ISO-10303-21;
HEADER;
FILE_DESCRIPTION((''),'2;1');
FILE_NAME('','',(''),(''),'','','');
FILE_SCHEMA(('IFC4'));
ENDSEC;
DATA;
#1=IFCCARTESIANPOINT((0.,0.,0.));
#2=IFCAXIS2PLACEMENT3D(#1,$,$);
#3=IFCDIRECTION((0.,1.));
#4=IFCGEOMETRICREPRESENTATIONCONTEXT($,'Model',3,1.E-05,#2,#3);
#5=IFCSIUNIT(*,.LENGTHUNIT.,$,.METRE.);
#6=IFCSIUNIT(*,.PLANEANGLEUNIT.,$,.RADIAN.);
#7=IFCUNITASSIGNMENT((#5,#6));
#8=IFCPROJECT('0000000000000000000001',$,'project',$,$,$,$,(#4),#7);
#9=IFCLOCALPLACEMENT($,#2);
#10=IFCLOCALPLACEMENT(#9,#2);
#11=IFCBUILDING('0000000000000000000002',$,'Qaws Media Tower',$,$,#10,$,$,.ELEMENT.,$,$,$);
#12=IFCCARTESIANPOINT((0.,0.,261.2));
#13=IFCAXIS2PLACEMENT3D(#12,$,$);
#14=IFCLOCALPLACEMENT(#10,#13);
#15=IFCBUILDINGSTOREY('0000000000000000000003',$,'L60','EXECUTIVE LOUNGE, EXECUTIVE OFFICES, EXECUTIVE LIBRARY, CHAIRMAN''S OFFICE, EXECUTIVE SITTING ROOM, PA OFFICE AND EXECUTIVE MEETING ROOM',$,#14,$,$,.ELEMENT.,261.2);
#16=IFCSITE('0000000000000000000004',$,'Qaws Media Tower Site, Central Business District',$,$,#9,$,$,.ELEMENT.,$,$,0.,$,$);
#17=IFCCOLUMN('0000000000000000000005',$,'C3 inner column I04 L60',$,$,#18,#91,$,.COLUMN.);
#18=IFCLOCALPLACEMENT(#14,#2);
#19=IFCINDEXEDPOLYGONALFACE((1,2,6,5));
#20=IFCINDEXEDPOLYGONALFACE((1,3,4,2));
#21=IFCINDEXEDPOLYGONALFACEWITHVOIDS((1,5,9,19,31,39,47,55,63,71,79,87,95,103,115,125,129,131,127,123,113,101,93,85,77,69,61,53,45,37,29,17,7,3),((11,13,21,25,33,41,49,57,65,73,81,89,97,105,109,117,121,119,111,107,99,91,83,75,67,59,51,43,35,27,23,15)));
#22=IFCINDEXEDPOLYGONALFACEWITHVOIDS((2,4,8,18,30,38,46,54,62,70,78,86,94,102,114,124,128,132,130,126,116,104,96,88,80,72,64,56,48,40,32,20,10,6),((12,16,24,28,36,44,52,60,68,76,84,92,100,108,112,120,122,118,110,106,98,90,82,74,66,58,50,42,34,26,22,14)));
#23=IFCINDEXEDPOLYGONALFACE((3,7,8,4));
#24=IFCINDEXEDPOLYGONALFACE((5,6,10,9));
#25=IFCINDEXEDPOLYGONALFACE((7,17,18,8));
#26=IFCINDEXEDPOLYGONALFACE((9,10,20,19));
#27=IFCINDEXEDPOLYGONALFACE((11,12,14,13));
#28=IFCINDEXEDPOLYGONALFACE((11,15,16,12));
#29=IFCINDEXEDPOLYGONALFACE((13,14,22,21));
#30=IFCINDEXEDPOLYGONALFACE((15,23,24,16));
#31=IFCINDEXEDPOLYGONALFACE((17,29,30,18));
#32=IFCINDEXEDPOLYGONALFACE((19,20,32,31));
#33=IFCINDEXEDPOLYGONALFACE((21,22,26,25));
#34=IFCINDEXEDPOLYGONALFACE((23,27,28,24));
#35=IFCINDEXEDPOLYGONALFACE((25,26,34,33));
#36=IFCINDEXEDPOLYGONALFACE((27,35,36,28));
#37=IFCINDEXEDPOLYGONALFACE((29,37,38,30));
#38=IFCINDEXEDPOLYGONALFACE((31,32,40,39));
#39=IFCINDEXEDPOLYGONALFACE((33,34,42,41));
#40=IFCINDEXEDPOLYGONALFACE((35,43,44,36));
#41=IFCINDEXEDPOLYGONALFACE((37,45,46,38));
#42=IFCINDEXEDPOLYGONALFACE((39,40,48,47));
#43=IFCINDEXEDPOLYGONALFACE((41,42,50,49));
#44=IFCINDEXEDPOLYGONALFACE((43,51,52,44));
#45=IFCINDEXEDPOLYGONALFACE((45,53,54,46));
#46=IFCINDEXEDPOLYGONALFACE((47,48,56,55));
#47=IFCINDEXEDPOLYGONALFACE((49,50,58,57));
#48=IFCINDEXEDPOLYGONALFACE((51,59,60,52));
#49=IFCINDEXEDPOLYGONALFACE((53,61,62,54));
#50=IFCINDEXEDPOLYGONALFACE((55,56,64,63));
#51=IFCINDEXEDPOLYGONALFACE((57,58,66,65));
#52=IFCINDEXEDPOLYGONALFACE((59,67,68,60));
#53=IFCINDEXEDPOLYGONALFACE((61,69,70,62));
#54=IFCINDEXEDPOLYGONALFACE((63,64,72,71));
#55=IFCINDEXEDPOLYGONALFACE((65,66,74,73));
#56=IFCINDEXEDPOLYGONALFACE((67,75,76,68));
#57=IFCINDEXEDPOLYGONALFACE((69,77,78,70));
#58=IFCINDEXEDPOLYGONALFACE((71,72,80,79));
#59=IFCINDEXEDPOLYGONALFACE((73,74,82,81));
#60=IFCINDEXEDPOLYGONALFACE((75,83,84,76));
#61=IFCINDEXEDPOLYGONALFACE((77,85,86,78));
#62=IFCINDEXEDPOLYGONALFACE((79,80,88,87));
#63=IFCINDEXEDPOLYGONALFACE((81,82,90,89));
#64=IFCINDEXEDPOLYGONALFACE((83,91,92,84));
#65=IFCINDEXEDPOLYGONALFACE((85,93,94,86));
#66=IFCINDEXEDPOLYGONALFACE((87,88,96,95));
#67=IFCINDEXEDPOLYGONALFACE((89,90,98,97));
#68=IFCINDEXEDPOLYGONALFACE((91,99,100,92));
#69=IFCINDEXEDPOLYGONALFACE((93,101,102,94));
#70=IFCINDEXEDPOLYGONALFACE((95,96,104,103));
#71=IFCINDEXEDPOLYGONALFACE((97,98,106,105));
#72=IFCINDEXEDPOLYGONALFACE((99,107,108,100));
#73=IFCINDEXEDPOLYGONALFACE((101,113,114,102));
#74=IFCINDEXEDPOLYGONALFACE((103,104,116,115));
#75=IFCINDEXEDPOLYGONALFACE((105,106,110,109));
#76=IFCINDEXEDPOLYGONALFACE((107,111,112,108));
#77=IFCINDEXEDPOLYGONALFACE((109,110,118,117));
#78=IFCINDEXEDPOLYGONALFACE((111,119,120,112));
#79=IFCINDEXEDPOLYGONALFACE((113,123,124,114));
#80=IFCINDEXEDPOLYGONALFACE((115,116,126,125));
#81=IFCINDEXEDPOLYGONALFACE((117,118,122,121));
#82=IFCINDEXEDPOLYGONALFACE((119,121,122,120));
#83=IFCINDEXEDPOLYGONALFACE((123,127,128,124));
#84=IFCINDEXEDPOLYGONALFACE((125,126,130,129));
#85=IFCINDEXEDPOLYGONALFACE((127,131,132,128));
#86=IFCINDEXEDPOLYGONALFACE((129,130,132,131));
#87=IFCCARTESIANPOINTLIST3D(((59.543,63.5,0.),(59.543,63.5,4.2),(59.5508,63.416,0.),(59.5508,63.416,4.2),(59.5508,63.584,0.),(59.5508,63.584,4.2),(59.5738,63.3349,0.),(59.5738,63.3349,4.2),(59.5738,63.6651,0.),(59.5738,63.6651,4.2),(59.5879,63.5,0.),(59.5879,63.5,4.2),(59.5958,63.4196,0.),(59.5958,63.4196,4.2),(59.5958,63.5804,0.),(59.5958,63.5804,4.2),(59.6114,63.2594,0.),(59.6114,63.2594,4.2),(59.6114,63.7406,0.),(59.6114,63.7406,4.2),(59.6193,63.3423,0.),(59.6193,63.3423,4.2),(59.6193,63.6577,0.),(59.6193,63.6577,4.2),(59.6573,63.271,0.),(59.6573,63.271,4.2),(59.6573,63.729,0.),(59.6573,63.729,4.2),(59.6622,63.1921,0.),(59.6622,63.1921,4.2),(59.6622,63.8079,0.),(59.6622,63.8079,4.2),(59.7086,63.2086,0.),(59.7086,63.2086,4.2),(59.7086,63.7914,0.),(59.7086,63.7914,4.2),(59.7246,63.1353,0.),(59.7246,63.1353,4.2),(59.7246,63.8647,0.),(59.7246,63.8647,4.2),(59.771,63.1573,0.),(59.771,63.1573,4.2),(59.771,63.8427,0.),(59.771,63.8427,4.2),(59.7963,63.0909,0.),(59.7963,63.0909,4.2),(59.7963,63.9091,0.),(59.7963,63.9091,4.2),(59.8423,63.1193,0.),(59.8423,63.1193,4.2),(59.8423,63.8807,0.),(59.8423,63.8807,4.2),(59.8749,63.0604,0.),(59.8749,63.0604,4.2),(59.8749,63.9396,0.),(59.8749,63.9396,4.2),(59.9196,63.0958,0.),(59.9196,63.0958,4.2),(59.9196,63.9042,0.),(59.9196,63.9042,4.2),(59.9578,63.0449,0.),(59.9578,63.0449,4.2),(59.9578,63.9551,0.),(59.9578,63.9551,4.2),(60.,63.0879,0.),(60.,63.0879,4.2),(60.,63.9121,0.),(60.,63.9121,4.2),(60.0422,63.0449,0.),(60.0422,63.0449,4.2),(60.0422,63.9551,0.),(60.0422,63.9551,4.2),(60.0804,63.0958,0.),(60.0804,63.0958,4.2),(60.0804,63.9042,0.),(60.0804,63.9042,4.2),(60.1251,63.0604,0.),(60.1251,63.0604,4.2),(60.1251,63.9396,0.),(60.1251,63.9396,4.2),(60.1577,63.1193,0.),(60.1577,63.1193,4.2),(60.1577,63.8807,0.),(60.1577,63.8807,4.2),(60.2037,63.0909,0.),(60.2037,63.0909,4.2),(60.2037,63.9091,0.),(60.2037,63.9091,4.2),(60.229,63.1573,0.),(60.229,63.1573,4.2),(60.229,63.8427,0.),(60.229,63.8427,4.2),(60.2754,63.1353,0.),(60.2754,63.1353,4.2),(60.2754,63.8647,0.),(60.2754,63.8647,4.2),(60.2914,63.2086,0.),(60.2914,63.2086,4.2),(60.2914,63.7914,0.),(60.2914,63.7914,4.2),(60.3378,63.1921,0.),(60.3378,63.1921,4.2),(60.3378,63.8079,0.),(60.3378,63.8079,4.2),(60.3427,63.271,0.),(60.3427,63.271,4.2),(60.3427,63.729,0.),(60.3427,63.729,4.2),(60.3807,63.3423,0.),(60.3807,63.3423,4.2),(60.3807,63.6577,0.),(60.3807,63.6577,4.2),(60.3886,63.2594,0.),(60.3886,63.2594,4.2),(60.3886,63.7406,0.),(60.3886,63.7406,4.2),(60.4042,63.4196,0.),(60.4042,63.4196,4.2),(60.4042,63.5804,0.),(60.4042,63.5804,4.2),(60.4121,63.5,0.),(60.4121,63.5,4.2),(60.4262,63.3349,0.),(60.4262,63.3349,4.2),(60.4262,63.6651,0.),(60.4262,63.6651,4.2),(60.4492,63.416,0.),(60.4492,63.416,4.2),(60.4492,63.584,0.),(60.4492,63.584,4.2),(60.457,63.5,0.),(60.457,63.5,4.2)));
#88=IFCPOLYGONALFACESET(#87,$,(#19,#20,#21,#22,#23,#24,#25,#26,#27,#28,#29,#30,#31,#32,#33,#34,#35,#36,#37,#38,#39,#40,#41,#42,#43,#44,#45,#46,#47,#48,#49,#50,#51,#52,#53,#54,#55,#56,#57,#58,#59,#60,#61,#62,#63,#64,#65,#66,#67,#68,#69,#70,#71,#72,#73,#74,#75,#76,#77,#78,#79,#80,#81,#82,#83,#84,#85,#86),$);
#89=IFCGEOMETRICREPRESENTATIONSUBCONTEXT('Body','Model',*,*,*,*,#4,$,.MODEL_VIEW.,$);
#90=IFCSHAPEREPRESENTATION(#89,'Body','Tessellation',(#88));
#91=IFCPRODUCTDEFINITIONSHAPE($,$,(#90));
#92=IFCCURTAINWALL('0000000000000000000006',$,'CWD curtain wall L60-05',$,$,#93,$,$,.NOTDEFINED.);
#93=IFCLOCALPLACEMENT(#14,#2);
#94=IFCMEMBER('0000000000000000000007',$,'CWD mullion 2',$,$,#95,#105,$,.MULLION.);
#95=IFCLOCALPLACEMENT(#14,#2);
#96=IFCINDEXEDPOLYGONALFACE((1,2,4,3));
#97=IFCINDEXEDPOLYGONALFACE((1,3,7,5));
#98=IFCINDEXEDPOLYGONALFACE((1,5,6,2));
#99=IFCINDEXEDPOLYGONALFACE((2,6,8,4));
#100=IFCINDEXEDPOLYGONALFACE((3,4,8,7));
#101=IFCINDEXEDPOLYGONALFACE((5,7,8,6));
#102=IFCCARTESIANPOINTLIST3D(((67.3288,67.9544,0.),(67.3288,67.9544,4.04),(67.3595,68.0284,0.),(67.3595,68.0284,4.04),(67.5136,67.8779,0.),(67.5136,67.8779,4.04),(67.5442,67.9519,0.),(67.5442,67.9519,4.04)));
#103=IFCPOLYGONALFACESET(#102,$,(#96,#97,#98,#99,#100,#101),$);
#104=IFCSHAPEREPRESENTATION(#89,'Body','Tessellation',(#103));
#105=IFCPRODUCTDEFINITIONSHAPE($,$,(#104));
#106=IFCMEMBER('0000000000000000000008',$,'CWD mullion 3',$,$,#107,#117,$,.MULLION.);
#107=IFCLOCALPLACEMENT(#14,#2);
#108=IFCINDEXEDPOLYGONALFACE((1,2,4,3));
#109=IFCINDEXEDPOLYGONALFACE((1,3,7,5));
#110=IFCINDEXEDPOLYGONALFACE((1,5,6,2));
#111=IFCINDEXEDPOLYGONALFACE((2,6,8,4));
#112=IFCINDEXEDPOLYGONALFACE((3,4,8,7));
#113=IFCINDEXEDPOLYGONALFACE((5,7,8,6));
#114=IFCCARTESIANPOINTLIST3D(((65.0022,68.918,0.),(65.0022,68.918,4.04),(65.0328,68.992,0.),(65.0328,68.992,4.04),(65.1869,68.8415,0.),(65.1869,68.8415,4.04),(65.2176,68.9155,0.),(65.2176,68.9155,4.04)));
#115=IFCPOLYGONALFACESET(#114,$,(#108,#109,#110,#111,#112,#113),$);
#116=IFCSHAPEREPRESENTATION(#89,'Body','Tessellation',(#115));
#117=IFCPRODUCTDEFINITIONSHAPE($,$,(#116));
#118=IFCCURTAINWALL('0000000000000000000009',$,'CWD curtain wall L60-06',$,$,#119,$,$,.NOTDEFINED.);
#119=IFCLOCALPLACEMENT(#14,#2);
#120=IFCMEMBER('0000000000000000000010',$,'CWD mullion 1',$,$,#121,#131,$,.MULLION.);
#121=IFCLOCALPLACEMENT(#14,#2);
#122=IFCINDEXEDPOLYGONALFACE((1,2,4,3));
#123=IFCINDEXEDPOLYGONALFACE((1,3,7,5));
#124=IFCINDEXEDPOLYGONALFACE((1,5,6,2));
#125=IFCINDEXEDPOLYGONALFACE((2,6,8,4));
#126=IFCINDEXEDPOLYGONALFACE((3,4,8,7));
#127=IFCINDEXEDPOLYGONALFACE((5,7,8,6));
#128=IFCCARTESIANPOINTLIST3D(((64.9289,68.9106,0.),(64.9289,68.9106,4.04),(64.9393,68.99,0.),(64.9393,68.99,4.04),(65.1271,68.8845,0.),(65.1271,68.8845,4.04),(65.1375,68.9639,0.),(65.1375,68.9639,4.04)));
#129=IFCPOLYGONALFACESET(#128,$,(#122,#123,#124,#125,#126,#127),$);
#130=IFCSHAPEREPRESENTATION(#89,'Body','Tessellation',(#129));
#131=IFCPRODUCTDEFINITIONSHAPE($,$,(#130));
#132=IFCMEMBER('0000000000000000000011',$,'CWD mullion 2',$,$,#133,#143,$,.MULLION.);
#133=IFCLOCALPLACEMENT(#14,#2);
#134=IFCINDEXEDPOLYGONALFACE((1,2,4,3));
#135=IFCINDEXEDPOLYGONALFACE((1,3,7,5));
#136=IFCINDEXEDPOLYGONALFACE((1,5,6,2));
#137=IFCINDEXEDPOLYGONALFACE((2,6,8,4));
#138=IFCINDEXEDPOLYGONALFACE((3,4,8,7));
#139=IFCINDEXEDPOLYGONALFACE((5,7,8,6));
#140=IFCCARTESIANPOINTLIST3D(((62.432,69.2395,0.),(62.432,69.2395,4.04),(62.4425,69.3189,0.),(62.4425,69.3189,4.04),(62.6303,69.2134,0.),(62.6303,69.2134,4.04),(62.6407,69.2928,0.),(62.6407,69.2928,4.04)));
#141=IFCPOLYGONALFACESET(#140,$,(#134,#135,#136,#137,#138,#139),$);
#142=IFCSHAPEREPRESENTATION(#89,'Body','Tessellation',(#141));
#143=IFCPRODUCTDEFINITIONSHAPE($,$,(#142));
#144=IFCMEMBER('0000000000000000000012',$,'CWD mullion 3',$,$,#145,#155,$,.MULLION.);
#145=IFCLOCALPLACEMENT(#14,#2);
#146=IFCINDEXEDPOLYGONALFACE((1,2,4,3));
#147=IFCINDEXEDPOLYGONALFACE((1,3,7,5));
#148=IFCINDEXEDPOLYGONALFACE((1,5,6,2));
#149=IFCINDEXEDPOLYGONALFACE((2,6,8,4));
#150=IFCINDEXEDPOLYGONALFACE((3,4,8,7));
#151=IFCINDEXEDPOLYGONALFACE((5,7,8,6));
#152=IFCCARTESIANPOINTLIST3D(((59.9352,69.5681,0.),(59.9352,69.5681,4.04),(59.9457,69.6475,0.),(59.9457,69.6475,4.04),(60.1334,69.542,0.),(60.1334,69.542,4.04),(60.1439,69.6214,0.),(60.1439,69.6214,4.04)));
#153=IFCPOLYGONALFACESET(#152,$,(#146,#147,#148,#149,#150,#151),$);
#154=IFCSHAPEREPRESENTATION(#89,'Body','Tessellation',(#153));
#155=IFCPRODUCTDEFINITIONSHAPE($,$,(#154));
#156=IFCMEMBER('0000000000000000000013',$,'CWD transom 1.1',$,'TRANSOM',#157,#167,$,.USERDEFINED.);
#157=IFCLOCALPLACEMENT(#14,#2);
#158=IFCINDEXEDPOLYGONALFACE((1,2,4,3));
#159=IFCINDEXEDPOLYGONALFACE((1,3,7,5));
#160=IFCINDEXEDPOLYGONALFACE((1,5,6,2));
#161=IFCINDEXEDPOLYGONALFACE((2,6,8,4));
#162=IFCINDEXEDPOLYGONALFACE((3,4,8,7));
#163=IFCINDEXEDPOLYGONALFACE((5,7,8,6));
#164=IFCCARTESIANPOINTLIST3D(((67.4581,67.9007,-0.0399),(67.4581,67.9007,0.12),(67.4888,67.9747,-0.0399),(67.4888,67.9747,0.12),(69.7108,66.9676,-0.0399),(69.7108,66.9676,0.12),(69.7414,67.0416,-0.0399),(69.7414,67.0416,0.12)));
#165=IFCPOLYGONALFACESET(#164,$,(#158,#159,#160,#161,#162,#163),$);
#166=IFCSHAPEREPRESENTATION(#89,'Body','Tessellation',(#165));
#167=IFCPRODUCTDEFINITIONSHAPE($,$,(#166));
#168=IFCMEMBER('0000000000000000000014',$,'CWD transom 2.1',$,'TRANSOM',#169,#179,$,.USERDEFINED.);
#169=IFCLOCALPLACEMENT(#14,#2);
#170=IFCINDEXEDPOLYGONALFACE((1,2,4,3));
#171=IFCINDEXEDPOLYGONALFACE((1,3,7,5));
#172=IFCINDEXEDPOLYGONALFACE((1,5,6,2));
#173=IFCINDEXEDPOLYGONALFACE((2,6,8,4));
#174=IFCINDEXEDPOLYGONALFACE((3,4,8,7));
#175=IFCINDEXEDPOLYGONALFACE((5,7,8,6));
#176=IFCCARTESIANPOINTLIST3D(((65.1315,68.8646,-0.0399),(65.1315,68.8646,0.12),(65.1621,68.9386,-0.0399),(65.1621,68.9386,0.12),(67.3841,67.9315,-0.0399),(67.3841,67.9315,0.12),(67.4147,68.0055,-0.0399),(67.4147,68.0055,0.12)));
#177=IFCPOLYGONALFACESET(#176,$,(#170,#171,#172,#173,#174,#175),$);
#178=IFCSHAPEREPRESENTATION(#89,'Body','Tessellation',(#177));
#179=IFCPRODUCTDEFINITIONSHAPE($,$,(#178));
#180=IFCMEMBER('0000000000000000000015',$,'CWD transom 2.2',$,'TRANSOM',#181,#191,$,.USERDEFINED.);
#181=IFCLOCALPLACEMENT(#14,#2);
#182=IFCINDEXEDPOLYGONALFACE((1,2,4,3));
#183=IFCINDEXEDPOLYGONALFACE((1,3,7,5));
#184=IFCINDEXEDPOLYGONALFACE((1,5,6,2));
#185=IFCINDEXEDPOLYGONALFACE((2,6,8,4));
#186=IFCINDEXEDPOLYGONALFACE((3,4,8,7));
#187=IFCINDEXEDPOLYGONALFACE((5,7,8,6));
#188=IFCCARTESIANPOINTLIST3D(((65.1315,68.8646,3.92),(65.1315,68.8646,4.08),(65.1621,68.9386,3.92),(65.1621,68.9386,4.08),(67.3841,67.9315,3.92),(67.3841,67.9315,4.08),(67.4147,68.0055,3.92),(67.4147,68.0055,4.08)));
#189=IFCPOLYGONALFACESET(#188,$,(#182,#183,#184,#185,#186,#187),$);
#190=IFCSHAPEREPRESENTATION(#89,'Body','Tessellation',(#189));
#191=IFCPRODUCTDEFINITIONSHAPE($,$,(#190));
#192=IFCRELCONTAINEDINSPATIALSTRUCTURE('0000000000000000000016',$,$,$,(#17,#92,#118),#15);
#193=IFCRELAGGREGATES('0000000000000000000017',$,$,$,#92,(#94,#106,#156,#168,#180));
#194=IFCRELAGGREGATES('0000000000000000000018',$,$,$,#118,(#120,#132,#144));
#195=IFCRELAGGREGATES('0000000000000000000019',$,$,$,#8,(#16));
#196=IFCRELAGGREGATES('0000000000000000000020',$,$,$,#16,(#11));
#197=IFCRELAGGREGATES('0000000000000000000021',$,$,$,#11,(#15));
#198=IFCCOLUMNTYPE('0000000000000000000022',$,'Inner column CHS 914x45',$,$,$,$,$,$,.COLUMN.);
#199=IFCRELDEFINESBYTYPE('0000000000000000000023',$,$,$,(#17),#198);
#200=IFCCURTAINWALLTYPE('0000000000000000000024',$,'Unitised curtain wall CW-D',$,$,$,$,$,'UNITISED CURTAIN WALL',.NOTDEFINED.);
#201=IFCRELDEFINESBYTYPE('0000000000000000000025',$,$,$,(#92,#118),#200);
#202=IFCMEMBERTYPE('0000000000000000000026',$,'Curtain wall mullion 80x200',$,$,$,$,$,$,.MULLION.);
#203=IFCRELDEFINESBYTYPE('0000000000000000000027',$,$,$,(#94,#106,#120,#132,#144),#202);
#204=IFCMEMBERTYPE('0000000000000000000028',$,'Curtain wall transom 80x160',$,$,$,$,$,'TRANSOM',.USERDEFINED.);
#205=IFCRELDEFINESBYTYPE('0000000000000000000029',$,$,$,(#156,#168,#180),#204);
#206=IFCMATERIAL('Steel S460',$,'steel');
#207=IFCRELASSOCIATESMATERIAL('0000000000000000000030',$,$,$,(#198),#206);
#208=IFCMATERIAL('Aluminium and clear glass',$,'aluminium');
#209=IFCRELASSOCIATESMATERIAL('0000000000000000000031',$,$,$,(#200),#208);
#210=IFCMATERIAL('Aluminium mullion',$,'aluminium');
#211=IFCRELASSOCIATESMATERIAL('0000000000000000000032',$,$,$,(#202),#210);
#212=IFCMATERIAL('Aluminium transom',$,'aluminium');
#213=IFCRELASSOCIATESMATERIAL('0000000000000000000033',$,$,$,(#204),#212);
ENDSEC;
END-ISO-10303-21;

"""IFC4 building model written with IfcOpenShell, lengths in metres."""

from ifc_helpers import new_model, si_unit, direction, frame, origin, origin_2d, place, context, subcontext, project, spatial, rectangle, hollow_circle, extrude, material, material_profile, profile_set, type_object, element, aggregate, save


model = new_model("IFC4")

# Units and contexts
model_context = context("Model", 3, precision=1e-05, world=origin(), true_north=direction((0.0, 1.0)))
body_context = subcontext(model_context, "Body", "Model", "MODEL_VIEW")
ifc_project = project(units=[si_unit("LENGTHUNIT", "METRE"), si_unit("PLANEANGLEUNIT", "RADIAN")], contexts=[model_context])

# Site, building, storey
site_placement = place(None, origin())
site = spatial("IfcSite", under=ifc_project, at=site_placement, Name="Qaws Media Tower Site, Central Business District", CompositionType="ELEMENT", RefElevation=0.0)
building_placement = place(site_placement, origin())
building = spatial("IfcBuilding", under=site, at=building_placement, Name="Qaws Media Tower", CompositionType="ELEMENT")
storey_placement = place(building_placement, frame((0.0, 0.0, 261.2)))
storey = spatial("IfcBuildingStorey", under=building, at=storey_placement, Name="L60", Description="EXECUTIVE LOUNGE, EXECUTIVE OFFICES, EXECUTIVE LIBRARY, CHAIRMAN'S OFFICE, EXECUTIVE SITTING ROOM, PA OFFICE AND EXECUTIVE MEETING ROOM", CompositionType="ELEMENT", Elevation=261.2)

# Column
ifc_material_1 = material(Name="Steel S460", Category="steel")
ifc_material_profile_1 = material_profile(ifc_material_1, hollow_circle(Radius=0.457, WallThickness=0.0449, at=origin_2d()), Name="CHS 914x45")
ifc_profile_set_1 = profile_set([ifc_material_profile_1], Name="Steel S460")
column_type = type_object("IfcColumnType", Name="Inner column CHS 914x45", PredefinedType="COLUMN", material=ifc_profile_set_1)
column_placement = place(storey_placement, frame((60.0, 63.5, 0.0), z_axis=(0.0, 0.0, 1.0), x_axis=(1.0, 0.0, 0.0)))
element("IfcColumn", 1, at=column_placement, inside=storey, type_object=column_type, Name="C3 inner column I04 L60", PredefinedType="COLUMN", context=body_context, shape_type="SweptSolid", body=[
    extrude(hollow_circle(Radius=0.457, WallThickness=0.0449, at=origin_2d()), origin(), (0.0, 0.0, 1.0), 4.2),
])

# Curtain walls, members
ifc_material_2 = material(Name="Aluminium and clear glass", Category="aluminium")
curtain_wall_type = type_object("IfcCurtainWallType", Name="Unitised curtain wall CW-D", ElementType="UNITISED CURTAIN WALL", PredefinedType="NOTDEFINED", material=ifc_material_2)
curtain_wall_1_placement = place(storey_placement, origin())
curtain_wall_1 = element("IfcCurtainWall", 2, at=curtain_wall_1_placement, inside=storey, type_object=curtain_wall_type, Name="CWD curtain wall L60-05", PredefinedType="NOTDEFINED")
ifc_material_3 = material(Name="Aluminium mullion", Category="aluminium")
ifc_material_profile_2 = material_profile(ifc_material_3, rectangle(XDim=0.0801, YDim=0.2, at=origin_2d()), Name="80x200")
ifc_profile_set_2 = profile_set([ifc_material_profile_2], Name="Aluminium mullion")
member_type_1 = type_object("IfcMemberType", Name="Curtain wall mullion 80x200", PredefinedType="MULLION", material=ifc_profile_set_2)
member_1_placement = place(storey_placement, frame((67.4365, 67.9531, 0.0), z_axis=(0.0, 0.0, 1.0), x_axis=(-0.382683, -0.92388, 0.0)))
member_1 = element("IfcMember", 3, at=member_1_placement, type_object=member_type_1, Name="CWD mullion 2", PredefinedType="MULLION", context=body_context, shape_type="SweptSolid", body=[
    extrude(rectangle(XDim=0.0801, YDim=0.2, at=origin_2d()), origin(), (0.0, 0.0, 1.0), 4.04),
])
member_2_placement = place(storey_placement, frame((65.1099, 68.9167, 0.0), z_axis=(0.0, 0.0, 1.0), x_axis=(-0.382683, -0.92388, 0.0)))
member_2 = element("IfcMember", 4, at=member_2_placement, type_object=member_type_1, Name="CWD mullion 3", PredefinedType="MULLION", context=body_context, shape_type="SweptSolid", body=[
    extrude(rectangle(XDim=0.0801, YDim=0.2, at=origin_2d()), origin(), (0.0, 0.0, 1.0), 4.04),
])
curtain_wall_2_placement = place(storey_placement, origin())
curtain_wall_2 = element("IfcCurtainWall", 5, at=curtain_wall_2_placement, inside=storey, type_object=curtain_wall_type, Name="CWD curtain wall L60-06", PredefinedType="NOTDEFINED")
member_3_placement = place(storey_placement, frame((65.0332, 68.9373, 0.0), z_axis=(0.0, 0.0, 1.0), x_axis=(-0.130526, -0.991445, 0.0)))
member_3 = element("IfcMember", 6, at=member_3_placement, type_object=member_type_1, Name="CWD mullion 1", PredefinedType="MULLION", context=body_context, shape_type="SweptSolid", body=[
    extrude(rectangle(XDim=0.0801, YDim=0.2, at=origin_2d()), origin(), (0.0, 0.0, 1.0), 4.04),
])
member_4_placement = place(storey_placement, frame((62.5364, 69.2661, 0.0), z_axis=(0.0, 0.0, 1.0), x_axis=(-0.130526, -0.991445, 0.0)))
member_4 = element("IfcMember", 7, at=member_4_placement, type_object=member_type_1, Name="CWD mullion 2", PredefinedType="MULLION", context=body_context, shape_type="SweptSolid", body=[
    extrude(rectangle(XDim=0.0801, YDim=0.2, at=origin_2d()), origin(), (0.0, 0.0, 1.0), 4.04),
])
member_5_placement = place(storey_placement, frame((60.0396, 69.5947, 0.0), z_axis=(0.0, 0.0, 1.0), x_axis=(-0.130526, -0.991445, 0.0)))
member_5 = element("IfcMember", 8, at=member_5_placement, type_object=member_type_1, Name="CWD mullion 3", PredefinedType="MULLION", context=body_context, shape_type="SweptSolid", body=[
    extrude(rectangle(XDim=0.0801, YDim=0.2, at=origin_2d()), origin(), (0.0, 0.0, 1.0), 4.04),
])

# Members
ifc_material_4 = material(Name="Aluminium transom", Category="aluminium")
ifc_material_profile_3 = material_profile(ifc_material_4, rectangle(XDim=0.0801, YDim=0.1599, at=origin_2d()), Name="80x160")
ifc_profile_set_3 = profile_set([ifc_material_profile_3], Name="Aluminium transom")
member_type_2 = type_object("IfcMemberType", Name="Curtain wall transom 80x160", ElementType="TRANSOM", PredefinedType="USERDEFINED", material=ifc_profile_set_3)
member_6_placement = place(storey_placement, frame((69.7261, 67.0046, 0.04), z_axis=(-0.923878, 0.382688, 0.0), x_axis=(-0.382688, -0.923878, 0.0)))
member_6 = element("IfcMember", 9, at=member_6_placement, type_object=member_type_2, Name="CWD transom 1.1", ObjectType="TRANSOM", PredefinedType="USERDEFINED", context=body_context, shape_type="SweptSolid", body=[
    extrude(rectangle(XDim=0.0801, YDim=0.1599, at=origin_2d()), origin(), (0.0, 0.0, 1.0), 2.4382),
])
member_7_placement = place(storey_placement, frame((67.3994, 67.9685, 0.04), z_axis=(-0.923878, 0.382688, 0.0), x_axis=(-0.382688, -0.923878, 0.0)))
member_7 = element("IfcMember", 10, at=member_7_placement, type_object=member_type_2, Name="CWD transom 2.1", ObjectType="TRANSOM", PredefinedType="USERDEFINED", context=body_context, shape_type="SweptSolid", body=[
    extrude(rectangle(XDim=0.0801, YDim=0.1599, at=origin_2d()), origin(), (0.0, 0.0, 1.0), 2.4382),
])
member_8_placement = place(storey_placement, frame((67.3994, 67.9685, 4.0), z_axis=(-0.923878, 0.382688, 0.0), x_axis=(-0.382688, -0.923878, 0.0)))
member_8 = element("IfcMember", 11, at=member_8_placement, type_object=member_type_2, Name="CWD transom 2.2", ObjectType="TRANSOM", PredefinedType="USERDEFINED", context=body_context, shape_type="SweptSolid", body=[
    extrude(rectangle(XDim=0.0801, YDim=0.1599, at=origin_2d()), origin(), (0.0, 0.0, 1.0), 2.4382),
])

aggregate(curtain_wall_1, [member_1, member_2, member_6, member_7, member_8])
aggregate(curtain_wall_2, [member_3, member_4, member_5])

save(model, "model.ifc")
